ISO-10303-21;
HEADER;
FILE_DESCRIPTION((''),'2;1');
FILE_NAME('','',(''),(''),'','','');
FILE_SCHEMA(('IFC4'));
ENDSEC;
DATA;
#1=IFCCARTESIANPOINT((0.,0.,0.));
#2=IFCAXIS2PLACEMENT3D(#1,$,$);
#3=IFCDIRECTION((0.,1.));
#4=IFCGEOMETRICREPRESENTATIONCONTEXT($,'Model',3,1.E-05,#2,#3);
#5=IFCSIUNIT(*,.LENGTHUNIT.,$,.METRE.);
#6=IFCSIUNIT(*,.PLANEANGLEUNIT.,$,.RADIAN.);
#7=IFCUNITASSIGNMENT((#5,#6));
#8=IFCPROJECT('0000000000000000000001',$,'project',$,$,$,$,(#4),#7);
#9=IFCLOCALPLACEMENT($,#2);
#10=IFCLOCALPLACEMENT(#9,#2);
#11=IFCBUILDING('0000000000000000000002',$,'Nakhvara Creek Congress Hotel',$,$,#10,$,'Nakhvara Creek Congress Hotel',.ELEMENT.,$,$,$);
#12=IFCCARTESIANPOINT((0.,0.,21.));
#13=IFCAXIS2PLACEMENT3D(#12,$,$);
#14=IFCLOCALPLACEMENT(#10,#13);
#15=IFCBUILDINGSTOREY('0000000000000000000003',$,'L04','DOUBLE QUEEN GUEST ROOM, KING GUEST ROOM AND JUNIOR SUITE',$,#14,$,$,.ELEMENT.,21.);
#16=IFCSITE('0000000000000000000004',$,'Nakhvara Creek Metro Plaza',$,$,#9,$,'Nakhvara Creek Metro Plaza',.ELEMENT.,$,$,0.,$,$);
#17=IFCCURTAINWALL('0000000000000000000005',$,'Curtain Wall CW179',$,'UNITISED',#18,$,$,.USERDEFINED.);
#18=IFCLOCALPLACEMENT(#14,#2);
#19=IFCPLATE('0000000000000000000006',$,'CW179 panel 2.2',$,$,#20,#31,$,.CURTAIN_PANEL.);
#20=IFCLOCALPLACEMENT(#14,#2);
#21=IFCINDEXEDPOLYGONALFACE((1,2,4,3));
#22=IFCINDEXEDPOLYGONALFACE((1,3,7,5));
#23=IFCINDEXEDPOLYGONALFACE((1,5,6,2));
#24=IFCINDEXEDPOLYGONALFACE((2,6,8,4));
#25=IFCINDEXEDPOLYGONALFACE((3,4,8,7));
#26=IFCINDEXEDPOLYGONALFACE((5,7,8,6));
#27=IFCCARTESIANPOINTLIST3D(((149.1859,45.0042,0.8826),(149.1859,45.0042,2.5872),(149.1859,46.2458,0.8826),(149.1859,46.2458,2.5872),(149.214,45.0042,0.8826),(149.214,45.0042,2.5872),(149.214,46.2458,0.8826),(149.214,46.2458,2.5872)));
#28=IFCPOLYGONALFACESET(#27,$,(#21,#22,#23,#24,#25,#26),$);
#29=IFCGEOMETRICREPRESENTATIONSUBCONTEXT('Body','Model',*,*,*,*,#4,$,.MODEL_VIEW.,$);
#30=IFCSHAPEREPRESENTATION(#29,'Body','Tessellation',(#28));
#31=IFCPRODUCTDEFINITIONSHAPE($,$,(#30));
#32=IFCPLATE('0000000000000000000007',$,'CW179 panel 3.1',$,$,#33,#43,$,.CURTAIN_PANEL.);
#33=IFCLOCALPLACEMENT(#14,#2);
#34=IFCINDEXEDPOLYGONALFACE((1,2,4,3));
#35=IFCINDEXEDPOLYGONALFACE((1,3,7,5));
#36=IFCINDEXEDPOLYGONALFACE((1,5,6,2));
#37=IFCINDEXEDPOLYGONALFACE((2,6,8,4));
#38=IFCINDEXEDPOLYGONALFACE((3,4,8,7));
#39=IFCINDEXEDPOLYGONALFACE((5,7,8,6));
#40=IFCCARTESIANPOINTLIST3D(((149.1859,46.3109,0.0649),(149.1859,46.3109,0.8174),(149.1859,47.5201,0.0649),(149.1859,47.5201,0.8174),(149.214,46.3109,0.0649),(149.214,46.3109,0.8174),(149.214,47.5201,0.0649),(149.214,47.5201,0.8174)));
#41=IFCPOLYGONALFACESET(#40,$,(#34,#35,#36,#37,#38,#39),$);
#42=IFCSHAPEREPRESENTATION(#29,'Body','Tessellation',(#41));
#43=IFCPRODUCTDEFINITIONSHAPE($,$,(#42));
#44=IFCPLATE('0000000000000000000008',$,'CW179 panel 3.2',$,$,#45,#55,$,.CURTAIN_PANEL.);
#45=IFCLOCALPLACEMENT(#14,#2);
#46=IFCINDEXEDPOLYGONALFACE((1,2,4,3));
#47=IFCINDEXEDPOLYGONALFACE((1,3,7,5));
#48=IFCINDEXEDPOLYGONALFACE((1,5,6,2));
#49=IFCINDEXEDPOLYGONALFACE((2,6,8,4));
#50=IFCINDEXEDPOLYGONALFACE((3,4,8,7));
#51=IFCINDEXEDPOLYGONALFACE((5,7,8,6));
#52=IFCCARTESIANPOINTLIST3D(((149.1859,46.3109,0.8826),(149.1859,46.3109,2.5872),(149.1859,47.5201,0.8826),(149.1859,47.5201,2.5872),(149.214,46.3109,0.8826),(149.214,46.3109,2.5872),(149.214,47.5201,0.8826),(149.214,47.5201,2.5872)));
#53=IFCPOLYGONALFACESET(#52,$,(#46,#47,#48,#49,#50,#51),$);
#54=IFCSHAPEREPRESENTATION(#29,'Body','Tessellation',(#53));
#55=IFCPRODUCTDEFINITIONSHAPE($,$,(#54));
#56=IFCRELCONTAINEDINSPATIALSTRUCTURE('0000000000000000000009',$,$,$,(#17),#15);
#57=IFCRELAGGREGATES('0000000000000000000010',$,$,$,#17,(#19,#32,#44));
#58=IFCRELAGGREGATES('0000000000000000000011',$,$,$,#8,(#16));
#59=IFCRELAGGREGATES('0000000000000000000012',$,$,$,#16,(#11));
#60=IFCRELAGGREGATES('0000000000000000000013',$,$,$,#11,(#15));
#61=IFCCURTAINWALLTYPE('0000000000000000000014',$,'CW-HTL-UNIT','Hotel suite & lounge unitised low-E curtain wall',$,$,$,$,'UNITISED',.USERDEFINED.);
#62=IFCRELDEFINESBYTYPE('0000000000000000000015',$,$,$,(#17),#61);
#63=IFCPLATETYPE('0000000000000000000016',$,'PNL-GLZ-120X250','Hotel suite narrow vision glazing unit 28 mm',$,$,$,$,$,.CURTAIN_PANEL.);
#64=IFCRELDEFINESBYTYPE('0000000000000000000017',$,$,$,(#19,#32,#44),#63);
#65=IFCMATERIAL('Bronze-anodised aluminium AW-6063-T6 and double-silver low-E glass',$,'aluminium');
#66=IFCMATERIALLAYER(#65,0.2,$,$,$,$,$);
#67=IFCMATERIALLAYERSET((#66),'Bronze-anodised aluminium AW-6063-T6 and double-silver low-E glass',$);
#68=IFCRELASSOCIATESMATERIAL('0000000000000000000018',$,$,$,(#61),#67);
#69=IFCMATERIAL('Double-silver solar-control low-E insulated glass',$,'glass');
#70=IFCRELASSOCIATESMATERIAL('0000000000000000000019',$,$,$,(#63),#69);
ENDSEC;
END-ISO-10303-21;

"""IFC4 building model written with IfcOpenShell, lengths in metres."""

from ifc_helpers import new_model, si_unit, direction, frame, origin, origin_2d, place, context, subcontext, project, spatial, rectangle, extrude, material, layer, layer_set, type_object, element, aggregate, save


model = new_model("IFC4")

# Units and contexts
model_context = context("Model", 3, precision=1e-05, world=origin(), true_north=direction((0.0, 1.0)))
body_context = subcontext(model_context, "Body", "Model", "MODEL_VIEW")
ifc_project = project(units=[si_unit("LENGTHUNIT", "METRE"), si_unit("PLANEANGLEUNIT", "RADIAN")], contexts=[model_context])

# Site, building, storey
site_placement = place(None, origin())
site = spatial("IfcSite", under=ifc_project, at=site_placement, Name="Nakhvara Creek Metro Plaza", LongName="Nakhvara Creek Metro Plaza", CompositionType="ELEMENT", RefElevation=0.0)
building_placement = place(site_placement, origin())
building = spatial("IfcBuilding", under=site, at=building_placement, Name="Nakhvara Creek Congress Hotel", LongName="Nakhvara Creek Congress Hotel", CompositionType="ELEMENT")
storey_placement = place(building_placement, frame((0.0, 0.0, 21.0)))
storey = spatial("IfcBuildingStorey", under=building, at=storey_placement, Name="L04", Description="DOUBLE QUEEN GUEST ROOM, KING GUEST ROOM AND JUNIOR SUITE", CompositionType="ELEMENT", Elevation=21.0)

# Curtain wall
ifc_material_1 = material(Name="Bronze-anodised aluminium AW-6063-T6 and double-silver low-E glass", Category="aluminium")
ifc_layer = layer(ifc_material_1, 0.2)
ifc_layer_set = layer_set([ifc_layer], Name="Bronze-anodised aluminium AW-6063-T6 and double-silver low-E glass")
curtain_wall_type = type_object("IfcCurtainWallType", Name="CW-HTL-UNIT", Description="Hotel suite & lounge unitised low-E curtain wall", ElementType="UNITISED", PredefinedType="USERDEFINED", material=ifc_layer_set)
curtain_wall_1_placement = place(storey_placement, origin())
curtain_wall_1 = element("IfcCurtainWall", 1, at=curtain_wall_1_placement, inside=storey, type_object=curtain_wall_type, Name="Curtain Wall CW179", ObjectType="UNITISED", PredefinedType="USERDEFINED")

# Plates
ifc_material_2 = material(Name="Double-silver solar-control low-E insulated glass", Category="glass")
plate_type = type_object("IfcPlateType", Name="PNL-GLZ-120X250", Description="Hotel suite narrow vision glazing unit 28 mm", PredefinedType="CURTAIN_PANEL", material=ifc_material_2)
plate_1_placement = place(storey_placement, frame((149.2, 45.625, 0.8826), z_axis=(0.0, 0.0, 1.0), x_axis=(0.0, 1.0, 0.0)))
plate_1 = element("IfcPlate", 2, at=plate_1_placement, type_object=plate_type, Name="CW179 panel 2.2", PredefinedType="CURTAIN_PANEL", context=body_context, shape_type="SweptSolid", body=[
    extrude(rectangle(XDim=1.2417, YDim=0.0281, at=origin_2d()), origin(), (0.0, 0.0, 1.0), 1.7046),
])
plate_2_placement = place(storey_placement, frame((149.2, 46.9155, 0.0649), z_axis=(0.0, 0.0, 1.0), x_axis=(0.0, 1.0, 0.0)))
plate_2 = element("IfcPlate", 3, at=plate_2_placement, type_object=plate_type, Name="CW179 panel 3.1", PredefinedType="CURTAIN_PANEL", context=body_context, shape_type="SweptSolid", body=[
    extrude(rectangle(XDim=1.2092, YDim=0.0281, at=origin_2d()), origin(), (0.0, 0.0, 1.0), 0.7524),
])
plate_3_placement = place(storey_placement, frame((149.2, 46.9155, 0.8826), z_axis=(0.0, 0.0, 1.0), x_axis=(0.0, 1.0, 0.0)))
plate_3 = element("IfcPlate", 4, at=plate_3_placement, type_object=plate_type, Name="CW179 panel 3.2", PredefinedType="CURTAIN_PANEL", context=body_context, shape_type="SweptSolid", body=[
    extrude(rectangle(XDim=1.2092, YDim=0.0281, at=origin_2d()), origin(), (0.0, 0.0, 1.0), 1.7046),
])
aggregate(curtain_wall_1, [plate_1, plate_2, plate_3])

save(model, "model.ifc")
